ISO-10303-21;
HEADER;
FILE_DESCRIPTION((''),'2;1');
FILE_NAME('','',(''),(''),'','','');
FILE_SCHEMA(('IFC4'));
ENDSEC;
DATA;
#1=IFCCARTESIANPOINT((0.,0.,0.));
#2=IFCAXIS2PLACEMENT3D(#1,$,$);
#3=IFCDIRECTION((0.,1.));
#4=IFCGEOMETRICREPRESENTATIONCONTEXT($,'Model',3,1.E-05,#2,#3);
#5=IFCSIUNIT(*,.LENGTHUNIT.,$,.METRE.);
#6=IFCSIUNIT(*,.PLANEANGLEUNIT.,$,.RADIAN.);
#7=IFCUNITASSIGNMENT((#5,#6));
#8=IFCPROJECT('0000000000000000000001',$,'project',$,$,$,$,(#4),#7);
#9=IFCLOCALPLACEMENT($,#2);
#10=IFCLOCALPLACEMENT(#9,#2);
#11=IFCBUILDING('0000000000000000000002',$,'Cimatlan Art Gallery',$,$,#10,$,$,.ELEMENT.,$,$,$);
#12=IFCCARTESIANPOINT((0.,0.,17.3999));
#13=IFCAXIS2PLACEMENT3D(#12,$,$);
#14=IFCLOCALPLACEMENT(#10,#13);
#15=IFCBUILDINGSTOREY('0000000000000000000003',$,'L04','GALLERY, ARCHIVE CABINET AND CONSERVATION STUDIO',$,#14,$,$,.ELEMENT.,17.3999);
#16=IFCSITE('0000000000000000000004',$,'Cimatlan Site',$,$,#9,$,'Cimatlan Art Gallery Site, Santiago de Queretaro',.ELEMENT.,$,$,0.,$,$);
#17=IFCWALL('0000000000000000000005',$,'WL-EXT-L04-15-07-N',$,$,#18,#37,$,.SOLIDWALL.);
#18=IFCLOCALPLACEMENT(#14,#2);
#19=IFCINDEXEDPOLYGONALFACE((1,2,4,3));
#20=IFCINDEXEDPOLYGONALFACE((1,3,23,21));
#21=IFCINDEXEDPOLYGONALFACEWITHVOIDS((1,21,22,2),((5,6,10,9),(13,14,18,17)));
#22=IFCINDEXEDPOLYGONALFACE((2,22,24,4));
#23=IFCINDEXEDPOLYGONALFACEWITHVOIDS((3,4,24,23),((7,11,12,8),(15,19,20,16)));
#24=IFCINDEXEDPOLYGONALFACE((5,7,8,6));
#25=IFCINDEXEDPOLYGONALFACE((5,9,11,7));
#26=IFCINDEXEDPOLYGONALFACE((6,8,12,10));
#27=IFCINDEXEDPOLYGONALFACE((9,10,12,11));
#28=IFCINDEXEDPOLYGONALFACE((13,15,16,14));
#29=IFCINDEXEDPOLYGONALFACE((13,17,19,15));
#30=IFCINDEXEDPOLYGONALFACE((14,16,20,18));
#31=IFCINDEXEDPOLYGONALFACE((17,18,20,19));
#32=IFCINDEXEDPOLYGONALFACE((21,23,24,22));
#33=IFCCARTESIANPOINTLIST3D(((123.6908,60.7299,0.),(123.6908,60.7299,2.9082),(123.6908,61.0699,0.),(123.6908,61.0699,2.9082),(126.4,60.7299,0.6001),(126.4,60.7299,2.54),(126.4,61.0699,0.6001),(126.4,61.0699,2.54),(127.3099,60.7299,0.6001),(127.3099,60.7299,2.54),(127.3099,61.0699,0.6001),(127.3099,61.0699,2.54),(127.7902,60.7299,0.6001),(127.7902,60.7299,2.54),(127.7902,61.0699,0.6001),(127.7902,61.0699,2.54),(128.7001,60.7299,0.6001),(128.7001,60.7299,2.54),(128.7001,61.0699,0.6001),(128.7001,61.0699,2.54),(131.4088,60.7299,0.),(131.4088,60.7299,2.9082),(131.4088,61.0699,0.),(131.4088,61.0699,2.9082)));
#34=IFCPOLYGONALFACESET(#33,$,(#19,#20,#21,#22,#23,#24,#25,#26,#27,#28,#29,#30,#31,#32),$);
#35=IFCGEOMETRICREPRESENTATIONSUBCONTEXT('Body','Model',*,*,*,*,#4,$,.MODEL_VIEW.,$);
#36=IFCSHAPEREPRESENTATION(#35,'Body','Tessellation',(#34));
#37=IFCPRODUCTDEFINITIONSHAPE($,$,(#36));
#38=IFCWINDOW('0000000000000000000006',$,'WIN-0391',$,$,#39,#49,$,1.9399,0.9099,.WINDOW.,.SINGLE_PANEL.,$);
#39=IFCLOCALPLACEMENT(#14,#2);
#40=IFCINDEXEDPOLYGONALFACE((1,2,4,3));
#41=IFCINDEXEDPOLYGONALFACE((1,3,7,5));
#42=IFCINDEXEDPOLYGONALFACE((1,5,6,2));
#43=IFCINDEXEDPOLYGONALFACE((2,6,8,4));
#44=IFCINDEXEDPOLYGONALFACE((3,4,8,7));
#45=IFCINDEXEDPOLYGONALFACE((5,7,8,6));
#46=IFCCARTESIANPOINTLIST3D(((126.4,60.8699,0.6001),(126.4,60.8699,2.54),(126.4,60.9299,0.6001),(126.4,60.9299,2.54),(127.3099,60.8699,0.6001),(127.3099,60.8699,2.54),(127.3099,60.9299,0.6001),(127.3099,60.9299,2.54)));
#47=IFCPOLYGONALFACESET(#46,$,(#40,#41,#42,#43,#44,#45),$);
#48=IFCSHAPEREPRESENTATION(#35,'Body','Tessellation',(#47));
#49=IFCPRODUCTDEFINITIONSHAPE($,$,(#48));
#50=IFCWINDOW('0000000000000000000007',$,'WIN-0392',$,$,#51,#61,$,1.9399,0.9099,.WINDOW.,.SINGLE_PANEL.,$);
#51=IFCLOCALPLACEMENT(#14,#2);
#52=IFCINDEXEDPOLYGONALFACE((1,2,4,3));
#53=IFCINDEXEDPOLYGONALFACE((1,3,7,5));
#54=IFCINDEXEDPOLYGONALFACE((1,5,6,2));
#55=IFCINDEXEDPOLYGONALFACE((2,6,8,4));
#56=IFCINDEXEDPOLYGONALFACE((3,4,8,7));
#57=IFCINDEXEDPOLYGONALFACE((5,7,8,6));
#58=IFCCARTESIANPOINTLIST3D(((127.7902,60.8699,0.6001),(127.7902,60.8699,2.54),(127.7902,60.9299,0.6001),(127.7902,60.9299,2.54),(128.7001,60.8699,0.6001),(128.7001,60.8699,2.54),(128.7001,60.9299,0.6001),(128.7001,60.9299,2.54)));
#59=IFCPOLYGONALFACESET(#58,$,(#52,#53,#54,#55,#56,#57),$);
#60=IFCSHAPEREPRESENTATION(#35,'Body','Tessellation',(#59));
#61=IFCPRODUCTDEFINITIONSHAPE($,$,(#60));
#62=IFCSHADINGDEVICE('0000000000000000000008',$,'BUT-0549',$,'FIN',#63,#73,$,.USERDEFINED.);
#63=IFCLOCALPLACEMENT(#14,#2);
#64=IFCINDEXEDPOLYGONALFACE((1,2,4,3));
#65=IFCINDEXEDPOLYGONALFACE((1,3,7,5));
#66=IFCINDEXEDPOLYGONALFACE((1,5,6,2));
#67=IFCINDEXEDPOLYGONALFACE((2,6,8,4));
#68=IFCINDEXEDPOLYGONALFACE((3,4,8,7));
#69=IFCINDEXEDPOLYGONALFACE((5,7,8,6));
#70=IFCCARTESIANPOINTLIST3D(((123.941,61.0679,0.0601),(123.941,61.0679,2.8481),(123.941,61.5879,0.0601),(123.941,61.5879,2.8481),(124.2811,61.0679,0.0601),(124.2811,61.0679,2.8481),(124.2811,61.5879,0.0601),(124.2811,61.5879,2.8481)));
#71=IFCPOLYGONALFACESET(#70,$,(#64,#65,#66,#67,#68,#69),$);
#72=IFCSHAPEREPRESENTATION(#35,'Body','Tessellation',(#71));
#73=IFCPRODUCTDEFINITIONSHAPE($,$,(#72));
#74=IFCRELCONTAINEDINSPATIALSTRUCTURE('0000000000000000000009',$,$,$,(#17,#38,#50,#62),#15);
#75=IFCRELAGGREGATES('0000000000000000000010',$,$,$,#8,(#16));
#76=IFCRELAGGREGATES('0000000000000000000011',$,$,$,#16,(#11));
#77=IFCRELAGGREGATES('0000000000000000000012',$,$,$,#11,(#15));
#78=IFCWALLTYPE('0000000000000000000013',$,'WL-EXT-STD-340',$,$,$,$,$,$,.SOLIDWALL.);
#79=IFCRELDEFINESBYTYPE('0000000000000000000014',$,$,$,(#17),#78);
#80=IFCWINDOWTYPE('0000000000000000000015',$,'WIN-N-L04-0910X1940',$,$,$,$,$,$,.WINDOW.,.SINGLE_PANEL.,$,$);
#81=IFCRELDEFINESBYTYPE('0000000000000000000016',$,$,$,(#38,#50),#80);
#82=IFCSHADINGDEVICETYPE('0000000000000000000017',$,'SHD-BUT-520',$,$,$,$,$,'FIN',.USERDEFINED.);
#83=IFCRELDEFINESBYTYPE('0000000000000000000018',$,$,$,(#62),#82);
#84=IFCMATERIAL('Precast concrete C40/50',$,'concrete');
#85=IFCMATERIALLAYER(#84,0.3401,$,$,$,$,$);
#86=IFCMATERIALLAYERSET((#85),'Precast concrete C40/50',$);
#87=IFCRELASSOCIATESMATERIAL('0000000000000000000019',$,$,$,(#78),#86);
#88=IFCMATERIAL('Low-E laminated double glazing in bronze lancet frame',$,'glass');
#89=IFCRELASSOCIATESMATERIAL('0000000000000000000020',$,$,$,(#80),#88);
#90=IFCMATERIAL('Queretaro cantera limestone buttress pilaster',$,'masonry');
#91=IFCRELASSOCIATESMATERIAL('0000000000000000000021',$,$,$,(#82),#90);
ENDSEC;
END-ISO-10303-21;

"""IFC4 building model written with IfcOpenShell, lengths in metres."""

from ifc_helpers import new_model, si_unit, direction, frame, frame_2d, origin, origin_2d, place, context, subcontext, project, spatial, rectangle, extrude, material, layer, layer_set, type_object, element, fill, save


model = new_model("IFC4")

# Units and contexts
model_context = context("Model", 3, precision=1e-05, world=origin(), true_north=direction((0.0, 1.0)))
body_context = subcontext(model_context, "Body", "Model", "MODEL_VIEW")
ifc_project = project(units=[si_unit("LENGTHUNIT", "METRE"), si_unit("PLANEANGLEUNIT", "RADIAN")], contexts=[model_context])

# Site, building, storey
site_placement = place(None, origin())
site = spatial("IfcSite", under=ifc_project, at=site_placement, Name="Cimatlan Site", LongName="Cimatlan Art Gallery Site, Santiago de Queretaro", CompositionType="ELEMENT", RefElevation=0.0)
building_placement = place(site_placement, origin())
building = spatial("IfcBuilding", under=site, at=building_placement, Name="Cimatlan Art Gallery", CompositionType="ELEMENT")
storey_placement = place(building_placement, frame((0.0, 0.0, 17.3999)))
storey = spatial("IfcBuildingStorey", under=building, at=storey_placement, Name="L04", Description="GALLERY, ARCHIVE CABINET AND CONSERVATION STUDIO", CompositionType="ELEMENT", Elevation=17.3999)

# Wall, openings, windows
ifc_material_1 = material(Name="Precast concrete C40/50", Category="concrete")
ifc_layer_1 = layer(ifc_material_1, 0.3401)
ifc_layer_set_1 = layer_set([ifc_layer_1], Name="Precast concrete C40/50")
wall_type_1 = type_object("IfcWallType", Name="WL-EXT-STD-340", PredefinedType="SOLIDWALL", material=ifc_layer_set_1)
wall_1_placement = place(storey_placement, frame((123.6909, 60.8999, 0.0), z_axis=(0.0, 0.0, 1.0), x_axis=(1.0, 0.0, 0.0)))
wall_1 = element("IfcWall", 1, at=wall_1_placement, inside=storey, type_object=wall_type_1, Name="WL-EXT-L04-15-07-N", PredefinedType="SOLIDWALL", context=body_context, shape_type="SweptSolid", body=[
    extrude(rectangle(XDim=7.718, YDim=0.3401, at=frame_2d((3.8589, 0.0))), origin(), (0.0, 0.0, 1.0), 2.9082),
])
opening_1_placement = place(wall_1_placement, frame((2.709, 0.0, 0.6001)))
opening_1 = element("IfcOpeningElement", 2, at=opening_1_placement, cuts=wall_1, PredefinedType="OPENING", context=body_context, shape_type="SweptSolid", body=[
    extrude(rectangle(XDim=0.9099, YDim=1.9399, at=frame_2d((0.4551, 0.97))), frame((0.0, 0.1802, 0.0), z_axis=(0.0, -1.0, 0.0), x_axis=(1.0, 0.0, 0.0)), (0.0, 0.0, 1.0), 0.3601),
])
opening_2_placement = place(wall_1_placement, frame((4.0991, 0.0, 0.6001)))
opening_2 = element("IfcOpeningElement", 3, at=opening_2_placement, cuts=wall_1, PredefinedType="OPENING", context=body_context, shape_type="SweptSolid", body=[
    extrude(rectangle(XDim=0.9099, YDim=1.9399, at=frame_2d((0.4551, 0.97))), frame((0.0, 0.1802, 0.0), z_axis=(0.0, -1.0, 0.0), x_axis=(1.0, 0.0, 0.0)), (0.0, 0.0, 1.0), 0.3601),
])
ifc_material_2 = material(Name="Low-E laminated double glazing in bronze lancet frame", Category="glass")
window_type = type_object("IfcWindowType", Name="WIN-N-L04-0910X1940", PartitioningType="SINGLE_PANEL", PredefinedType="WINDOW", material=ifc_material_2)
window_1_placement = place(opening_1_placement, origin())
window_1 = element("IfcWindow", 4, at=window_1_placement, inside=storey, type_object=window_type, Name="WIN-0391", OverallHeight=1.9399, OverallWidth=0.9099, PartitioningType="SINGLE_PANEL", PredefinedType="WINDOW", context=body_context, shape_type="SweptSolid", body=[
    extrude(rectangle(XDim=0.9099, YDim=1.9399, at=frame_2d((0.4551, 0.97))), frame((0.0, 0.03, 0.0), z_axis=(0.0, -1.0, 0.0), x_axis=(1.0, 0.0, 0.0)), (0.0, 0.0, 1.0), 0.0601),
])
fill(opening_1, window_1)
window_2_placement = place(opening_2_placement, origin())
window_2 = element("IfcWindow", 5, at=window_2_placement, inside=storey, type_object=window_type, Name="WIN-0392", OverallHeight=1.9399, OverallWidth=0.9099, PartitioningType="SINGLE_PANEL", PredefinedType="WINDOW", context=body_context, shape_type="SweptSolid", body=[
    extrude(rectangle(XDim=0.9099, YDim=1.9399, at=frame_2d((0.4551, 0.97))), frame((0.0, 0.03, 0.0), z_axis=(0.0, -1.0, 0.0), x_axis=(1.0, 0.0, 0.0)), (0.0, 0.0, 1.0), 0.0601),
])
fill(opening_2, window_2)

# Shading device
ifc_material_3 = material(Name="Queretaro cantera limestone buttress pilaster", Category="masonry")
shading_device_type = type_object("IfcShadingDeviceType", Name="SHD-BUT-520", ElementType="FIN", PredefinedType="USERDEFINED", material=ifc_material_3)
shading_device_placement = place(storey_placement, frame((124.1111, 61.3279, 0.0601), z_axis=(0.0, 0.0, 1.0), x_axis=(1.0, 0.0, 0.0)))
element("IfcShadingDevice", 6, at=shading_device_placement, inside=storey, type_object=shading_device_type, Name="BUT-0549", ObjectType="FIN", PredefinedType="USERDEFINED", context=body_context, shape_type="SweptSolid", body=[
    extrude(rectangle(XDim=0.3401, YDim=0.52, at=origin_2d()), origin(), (0.0, 0.0, 1.0), 2.7881),
])

save(model, "model.ifc")
